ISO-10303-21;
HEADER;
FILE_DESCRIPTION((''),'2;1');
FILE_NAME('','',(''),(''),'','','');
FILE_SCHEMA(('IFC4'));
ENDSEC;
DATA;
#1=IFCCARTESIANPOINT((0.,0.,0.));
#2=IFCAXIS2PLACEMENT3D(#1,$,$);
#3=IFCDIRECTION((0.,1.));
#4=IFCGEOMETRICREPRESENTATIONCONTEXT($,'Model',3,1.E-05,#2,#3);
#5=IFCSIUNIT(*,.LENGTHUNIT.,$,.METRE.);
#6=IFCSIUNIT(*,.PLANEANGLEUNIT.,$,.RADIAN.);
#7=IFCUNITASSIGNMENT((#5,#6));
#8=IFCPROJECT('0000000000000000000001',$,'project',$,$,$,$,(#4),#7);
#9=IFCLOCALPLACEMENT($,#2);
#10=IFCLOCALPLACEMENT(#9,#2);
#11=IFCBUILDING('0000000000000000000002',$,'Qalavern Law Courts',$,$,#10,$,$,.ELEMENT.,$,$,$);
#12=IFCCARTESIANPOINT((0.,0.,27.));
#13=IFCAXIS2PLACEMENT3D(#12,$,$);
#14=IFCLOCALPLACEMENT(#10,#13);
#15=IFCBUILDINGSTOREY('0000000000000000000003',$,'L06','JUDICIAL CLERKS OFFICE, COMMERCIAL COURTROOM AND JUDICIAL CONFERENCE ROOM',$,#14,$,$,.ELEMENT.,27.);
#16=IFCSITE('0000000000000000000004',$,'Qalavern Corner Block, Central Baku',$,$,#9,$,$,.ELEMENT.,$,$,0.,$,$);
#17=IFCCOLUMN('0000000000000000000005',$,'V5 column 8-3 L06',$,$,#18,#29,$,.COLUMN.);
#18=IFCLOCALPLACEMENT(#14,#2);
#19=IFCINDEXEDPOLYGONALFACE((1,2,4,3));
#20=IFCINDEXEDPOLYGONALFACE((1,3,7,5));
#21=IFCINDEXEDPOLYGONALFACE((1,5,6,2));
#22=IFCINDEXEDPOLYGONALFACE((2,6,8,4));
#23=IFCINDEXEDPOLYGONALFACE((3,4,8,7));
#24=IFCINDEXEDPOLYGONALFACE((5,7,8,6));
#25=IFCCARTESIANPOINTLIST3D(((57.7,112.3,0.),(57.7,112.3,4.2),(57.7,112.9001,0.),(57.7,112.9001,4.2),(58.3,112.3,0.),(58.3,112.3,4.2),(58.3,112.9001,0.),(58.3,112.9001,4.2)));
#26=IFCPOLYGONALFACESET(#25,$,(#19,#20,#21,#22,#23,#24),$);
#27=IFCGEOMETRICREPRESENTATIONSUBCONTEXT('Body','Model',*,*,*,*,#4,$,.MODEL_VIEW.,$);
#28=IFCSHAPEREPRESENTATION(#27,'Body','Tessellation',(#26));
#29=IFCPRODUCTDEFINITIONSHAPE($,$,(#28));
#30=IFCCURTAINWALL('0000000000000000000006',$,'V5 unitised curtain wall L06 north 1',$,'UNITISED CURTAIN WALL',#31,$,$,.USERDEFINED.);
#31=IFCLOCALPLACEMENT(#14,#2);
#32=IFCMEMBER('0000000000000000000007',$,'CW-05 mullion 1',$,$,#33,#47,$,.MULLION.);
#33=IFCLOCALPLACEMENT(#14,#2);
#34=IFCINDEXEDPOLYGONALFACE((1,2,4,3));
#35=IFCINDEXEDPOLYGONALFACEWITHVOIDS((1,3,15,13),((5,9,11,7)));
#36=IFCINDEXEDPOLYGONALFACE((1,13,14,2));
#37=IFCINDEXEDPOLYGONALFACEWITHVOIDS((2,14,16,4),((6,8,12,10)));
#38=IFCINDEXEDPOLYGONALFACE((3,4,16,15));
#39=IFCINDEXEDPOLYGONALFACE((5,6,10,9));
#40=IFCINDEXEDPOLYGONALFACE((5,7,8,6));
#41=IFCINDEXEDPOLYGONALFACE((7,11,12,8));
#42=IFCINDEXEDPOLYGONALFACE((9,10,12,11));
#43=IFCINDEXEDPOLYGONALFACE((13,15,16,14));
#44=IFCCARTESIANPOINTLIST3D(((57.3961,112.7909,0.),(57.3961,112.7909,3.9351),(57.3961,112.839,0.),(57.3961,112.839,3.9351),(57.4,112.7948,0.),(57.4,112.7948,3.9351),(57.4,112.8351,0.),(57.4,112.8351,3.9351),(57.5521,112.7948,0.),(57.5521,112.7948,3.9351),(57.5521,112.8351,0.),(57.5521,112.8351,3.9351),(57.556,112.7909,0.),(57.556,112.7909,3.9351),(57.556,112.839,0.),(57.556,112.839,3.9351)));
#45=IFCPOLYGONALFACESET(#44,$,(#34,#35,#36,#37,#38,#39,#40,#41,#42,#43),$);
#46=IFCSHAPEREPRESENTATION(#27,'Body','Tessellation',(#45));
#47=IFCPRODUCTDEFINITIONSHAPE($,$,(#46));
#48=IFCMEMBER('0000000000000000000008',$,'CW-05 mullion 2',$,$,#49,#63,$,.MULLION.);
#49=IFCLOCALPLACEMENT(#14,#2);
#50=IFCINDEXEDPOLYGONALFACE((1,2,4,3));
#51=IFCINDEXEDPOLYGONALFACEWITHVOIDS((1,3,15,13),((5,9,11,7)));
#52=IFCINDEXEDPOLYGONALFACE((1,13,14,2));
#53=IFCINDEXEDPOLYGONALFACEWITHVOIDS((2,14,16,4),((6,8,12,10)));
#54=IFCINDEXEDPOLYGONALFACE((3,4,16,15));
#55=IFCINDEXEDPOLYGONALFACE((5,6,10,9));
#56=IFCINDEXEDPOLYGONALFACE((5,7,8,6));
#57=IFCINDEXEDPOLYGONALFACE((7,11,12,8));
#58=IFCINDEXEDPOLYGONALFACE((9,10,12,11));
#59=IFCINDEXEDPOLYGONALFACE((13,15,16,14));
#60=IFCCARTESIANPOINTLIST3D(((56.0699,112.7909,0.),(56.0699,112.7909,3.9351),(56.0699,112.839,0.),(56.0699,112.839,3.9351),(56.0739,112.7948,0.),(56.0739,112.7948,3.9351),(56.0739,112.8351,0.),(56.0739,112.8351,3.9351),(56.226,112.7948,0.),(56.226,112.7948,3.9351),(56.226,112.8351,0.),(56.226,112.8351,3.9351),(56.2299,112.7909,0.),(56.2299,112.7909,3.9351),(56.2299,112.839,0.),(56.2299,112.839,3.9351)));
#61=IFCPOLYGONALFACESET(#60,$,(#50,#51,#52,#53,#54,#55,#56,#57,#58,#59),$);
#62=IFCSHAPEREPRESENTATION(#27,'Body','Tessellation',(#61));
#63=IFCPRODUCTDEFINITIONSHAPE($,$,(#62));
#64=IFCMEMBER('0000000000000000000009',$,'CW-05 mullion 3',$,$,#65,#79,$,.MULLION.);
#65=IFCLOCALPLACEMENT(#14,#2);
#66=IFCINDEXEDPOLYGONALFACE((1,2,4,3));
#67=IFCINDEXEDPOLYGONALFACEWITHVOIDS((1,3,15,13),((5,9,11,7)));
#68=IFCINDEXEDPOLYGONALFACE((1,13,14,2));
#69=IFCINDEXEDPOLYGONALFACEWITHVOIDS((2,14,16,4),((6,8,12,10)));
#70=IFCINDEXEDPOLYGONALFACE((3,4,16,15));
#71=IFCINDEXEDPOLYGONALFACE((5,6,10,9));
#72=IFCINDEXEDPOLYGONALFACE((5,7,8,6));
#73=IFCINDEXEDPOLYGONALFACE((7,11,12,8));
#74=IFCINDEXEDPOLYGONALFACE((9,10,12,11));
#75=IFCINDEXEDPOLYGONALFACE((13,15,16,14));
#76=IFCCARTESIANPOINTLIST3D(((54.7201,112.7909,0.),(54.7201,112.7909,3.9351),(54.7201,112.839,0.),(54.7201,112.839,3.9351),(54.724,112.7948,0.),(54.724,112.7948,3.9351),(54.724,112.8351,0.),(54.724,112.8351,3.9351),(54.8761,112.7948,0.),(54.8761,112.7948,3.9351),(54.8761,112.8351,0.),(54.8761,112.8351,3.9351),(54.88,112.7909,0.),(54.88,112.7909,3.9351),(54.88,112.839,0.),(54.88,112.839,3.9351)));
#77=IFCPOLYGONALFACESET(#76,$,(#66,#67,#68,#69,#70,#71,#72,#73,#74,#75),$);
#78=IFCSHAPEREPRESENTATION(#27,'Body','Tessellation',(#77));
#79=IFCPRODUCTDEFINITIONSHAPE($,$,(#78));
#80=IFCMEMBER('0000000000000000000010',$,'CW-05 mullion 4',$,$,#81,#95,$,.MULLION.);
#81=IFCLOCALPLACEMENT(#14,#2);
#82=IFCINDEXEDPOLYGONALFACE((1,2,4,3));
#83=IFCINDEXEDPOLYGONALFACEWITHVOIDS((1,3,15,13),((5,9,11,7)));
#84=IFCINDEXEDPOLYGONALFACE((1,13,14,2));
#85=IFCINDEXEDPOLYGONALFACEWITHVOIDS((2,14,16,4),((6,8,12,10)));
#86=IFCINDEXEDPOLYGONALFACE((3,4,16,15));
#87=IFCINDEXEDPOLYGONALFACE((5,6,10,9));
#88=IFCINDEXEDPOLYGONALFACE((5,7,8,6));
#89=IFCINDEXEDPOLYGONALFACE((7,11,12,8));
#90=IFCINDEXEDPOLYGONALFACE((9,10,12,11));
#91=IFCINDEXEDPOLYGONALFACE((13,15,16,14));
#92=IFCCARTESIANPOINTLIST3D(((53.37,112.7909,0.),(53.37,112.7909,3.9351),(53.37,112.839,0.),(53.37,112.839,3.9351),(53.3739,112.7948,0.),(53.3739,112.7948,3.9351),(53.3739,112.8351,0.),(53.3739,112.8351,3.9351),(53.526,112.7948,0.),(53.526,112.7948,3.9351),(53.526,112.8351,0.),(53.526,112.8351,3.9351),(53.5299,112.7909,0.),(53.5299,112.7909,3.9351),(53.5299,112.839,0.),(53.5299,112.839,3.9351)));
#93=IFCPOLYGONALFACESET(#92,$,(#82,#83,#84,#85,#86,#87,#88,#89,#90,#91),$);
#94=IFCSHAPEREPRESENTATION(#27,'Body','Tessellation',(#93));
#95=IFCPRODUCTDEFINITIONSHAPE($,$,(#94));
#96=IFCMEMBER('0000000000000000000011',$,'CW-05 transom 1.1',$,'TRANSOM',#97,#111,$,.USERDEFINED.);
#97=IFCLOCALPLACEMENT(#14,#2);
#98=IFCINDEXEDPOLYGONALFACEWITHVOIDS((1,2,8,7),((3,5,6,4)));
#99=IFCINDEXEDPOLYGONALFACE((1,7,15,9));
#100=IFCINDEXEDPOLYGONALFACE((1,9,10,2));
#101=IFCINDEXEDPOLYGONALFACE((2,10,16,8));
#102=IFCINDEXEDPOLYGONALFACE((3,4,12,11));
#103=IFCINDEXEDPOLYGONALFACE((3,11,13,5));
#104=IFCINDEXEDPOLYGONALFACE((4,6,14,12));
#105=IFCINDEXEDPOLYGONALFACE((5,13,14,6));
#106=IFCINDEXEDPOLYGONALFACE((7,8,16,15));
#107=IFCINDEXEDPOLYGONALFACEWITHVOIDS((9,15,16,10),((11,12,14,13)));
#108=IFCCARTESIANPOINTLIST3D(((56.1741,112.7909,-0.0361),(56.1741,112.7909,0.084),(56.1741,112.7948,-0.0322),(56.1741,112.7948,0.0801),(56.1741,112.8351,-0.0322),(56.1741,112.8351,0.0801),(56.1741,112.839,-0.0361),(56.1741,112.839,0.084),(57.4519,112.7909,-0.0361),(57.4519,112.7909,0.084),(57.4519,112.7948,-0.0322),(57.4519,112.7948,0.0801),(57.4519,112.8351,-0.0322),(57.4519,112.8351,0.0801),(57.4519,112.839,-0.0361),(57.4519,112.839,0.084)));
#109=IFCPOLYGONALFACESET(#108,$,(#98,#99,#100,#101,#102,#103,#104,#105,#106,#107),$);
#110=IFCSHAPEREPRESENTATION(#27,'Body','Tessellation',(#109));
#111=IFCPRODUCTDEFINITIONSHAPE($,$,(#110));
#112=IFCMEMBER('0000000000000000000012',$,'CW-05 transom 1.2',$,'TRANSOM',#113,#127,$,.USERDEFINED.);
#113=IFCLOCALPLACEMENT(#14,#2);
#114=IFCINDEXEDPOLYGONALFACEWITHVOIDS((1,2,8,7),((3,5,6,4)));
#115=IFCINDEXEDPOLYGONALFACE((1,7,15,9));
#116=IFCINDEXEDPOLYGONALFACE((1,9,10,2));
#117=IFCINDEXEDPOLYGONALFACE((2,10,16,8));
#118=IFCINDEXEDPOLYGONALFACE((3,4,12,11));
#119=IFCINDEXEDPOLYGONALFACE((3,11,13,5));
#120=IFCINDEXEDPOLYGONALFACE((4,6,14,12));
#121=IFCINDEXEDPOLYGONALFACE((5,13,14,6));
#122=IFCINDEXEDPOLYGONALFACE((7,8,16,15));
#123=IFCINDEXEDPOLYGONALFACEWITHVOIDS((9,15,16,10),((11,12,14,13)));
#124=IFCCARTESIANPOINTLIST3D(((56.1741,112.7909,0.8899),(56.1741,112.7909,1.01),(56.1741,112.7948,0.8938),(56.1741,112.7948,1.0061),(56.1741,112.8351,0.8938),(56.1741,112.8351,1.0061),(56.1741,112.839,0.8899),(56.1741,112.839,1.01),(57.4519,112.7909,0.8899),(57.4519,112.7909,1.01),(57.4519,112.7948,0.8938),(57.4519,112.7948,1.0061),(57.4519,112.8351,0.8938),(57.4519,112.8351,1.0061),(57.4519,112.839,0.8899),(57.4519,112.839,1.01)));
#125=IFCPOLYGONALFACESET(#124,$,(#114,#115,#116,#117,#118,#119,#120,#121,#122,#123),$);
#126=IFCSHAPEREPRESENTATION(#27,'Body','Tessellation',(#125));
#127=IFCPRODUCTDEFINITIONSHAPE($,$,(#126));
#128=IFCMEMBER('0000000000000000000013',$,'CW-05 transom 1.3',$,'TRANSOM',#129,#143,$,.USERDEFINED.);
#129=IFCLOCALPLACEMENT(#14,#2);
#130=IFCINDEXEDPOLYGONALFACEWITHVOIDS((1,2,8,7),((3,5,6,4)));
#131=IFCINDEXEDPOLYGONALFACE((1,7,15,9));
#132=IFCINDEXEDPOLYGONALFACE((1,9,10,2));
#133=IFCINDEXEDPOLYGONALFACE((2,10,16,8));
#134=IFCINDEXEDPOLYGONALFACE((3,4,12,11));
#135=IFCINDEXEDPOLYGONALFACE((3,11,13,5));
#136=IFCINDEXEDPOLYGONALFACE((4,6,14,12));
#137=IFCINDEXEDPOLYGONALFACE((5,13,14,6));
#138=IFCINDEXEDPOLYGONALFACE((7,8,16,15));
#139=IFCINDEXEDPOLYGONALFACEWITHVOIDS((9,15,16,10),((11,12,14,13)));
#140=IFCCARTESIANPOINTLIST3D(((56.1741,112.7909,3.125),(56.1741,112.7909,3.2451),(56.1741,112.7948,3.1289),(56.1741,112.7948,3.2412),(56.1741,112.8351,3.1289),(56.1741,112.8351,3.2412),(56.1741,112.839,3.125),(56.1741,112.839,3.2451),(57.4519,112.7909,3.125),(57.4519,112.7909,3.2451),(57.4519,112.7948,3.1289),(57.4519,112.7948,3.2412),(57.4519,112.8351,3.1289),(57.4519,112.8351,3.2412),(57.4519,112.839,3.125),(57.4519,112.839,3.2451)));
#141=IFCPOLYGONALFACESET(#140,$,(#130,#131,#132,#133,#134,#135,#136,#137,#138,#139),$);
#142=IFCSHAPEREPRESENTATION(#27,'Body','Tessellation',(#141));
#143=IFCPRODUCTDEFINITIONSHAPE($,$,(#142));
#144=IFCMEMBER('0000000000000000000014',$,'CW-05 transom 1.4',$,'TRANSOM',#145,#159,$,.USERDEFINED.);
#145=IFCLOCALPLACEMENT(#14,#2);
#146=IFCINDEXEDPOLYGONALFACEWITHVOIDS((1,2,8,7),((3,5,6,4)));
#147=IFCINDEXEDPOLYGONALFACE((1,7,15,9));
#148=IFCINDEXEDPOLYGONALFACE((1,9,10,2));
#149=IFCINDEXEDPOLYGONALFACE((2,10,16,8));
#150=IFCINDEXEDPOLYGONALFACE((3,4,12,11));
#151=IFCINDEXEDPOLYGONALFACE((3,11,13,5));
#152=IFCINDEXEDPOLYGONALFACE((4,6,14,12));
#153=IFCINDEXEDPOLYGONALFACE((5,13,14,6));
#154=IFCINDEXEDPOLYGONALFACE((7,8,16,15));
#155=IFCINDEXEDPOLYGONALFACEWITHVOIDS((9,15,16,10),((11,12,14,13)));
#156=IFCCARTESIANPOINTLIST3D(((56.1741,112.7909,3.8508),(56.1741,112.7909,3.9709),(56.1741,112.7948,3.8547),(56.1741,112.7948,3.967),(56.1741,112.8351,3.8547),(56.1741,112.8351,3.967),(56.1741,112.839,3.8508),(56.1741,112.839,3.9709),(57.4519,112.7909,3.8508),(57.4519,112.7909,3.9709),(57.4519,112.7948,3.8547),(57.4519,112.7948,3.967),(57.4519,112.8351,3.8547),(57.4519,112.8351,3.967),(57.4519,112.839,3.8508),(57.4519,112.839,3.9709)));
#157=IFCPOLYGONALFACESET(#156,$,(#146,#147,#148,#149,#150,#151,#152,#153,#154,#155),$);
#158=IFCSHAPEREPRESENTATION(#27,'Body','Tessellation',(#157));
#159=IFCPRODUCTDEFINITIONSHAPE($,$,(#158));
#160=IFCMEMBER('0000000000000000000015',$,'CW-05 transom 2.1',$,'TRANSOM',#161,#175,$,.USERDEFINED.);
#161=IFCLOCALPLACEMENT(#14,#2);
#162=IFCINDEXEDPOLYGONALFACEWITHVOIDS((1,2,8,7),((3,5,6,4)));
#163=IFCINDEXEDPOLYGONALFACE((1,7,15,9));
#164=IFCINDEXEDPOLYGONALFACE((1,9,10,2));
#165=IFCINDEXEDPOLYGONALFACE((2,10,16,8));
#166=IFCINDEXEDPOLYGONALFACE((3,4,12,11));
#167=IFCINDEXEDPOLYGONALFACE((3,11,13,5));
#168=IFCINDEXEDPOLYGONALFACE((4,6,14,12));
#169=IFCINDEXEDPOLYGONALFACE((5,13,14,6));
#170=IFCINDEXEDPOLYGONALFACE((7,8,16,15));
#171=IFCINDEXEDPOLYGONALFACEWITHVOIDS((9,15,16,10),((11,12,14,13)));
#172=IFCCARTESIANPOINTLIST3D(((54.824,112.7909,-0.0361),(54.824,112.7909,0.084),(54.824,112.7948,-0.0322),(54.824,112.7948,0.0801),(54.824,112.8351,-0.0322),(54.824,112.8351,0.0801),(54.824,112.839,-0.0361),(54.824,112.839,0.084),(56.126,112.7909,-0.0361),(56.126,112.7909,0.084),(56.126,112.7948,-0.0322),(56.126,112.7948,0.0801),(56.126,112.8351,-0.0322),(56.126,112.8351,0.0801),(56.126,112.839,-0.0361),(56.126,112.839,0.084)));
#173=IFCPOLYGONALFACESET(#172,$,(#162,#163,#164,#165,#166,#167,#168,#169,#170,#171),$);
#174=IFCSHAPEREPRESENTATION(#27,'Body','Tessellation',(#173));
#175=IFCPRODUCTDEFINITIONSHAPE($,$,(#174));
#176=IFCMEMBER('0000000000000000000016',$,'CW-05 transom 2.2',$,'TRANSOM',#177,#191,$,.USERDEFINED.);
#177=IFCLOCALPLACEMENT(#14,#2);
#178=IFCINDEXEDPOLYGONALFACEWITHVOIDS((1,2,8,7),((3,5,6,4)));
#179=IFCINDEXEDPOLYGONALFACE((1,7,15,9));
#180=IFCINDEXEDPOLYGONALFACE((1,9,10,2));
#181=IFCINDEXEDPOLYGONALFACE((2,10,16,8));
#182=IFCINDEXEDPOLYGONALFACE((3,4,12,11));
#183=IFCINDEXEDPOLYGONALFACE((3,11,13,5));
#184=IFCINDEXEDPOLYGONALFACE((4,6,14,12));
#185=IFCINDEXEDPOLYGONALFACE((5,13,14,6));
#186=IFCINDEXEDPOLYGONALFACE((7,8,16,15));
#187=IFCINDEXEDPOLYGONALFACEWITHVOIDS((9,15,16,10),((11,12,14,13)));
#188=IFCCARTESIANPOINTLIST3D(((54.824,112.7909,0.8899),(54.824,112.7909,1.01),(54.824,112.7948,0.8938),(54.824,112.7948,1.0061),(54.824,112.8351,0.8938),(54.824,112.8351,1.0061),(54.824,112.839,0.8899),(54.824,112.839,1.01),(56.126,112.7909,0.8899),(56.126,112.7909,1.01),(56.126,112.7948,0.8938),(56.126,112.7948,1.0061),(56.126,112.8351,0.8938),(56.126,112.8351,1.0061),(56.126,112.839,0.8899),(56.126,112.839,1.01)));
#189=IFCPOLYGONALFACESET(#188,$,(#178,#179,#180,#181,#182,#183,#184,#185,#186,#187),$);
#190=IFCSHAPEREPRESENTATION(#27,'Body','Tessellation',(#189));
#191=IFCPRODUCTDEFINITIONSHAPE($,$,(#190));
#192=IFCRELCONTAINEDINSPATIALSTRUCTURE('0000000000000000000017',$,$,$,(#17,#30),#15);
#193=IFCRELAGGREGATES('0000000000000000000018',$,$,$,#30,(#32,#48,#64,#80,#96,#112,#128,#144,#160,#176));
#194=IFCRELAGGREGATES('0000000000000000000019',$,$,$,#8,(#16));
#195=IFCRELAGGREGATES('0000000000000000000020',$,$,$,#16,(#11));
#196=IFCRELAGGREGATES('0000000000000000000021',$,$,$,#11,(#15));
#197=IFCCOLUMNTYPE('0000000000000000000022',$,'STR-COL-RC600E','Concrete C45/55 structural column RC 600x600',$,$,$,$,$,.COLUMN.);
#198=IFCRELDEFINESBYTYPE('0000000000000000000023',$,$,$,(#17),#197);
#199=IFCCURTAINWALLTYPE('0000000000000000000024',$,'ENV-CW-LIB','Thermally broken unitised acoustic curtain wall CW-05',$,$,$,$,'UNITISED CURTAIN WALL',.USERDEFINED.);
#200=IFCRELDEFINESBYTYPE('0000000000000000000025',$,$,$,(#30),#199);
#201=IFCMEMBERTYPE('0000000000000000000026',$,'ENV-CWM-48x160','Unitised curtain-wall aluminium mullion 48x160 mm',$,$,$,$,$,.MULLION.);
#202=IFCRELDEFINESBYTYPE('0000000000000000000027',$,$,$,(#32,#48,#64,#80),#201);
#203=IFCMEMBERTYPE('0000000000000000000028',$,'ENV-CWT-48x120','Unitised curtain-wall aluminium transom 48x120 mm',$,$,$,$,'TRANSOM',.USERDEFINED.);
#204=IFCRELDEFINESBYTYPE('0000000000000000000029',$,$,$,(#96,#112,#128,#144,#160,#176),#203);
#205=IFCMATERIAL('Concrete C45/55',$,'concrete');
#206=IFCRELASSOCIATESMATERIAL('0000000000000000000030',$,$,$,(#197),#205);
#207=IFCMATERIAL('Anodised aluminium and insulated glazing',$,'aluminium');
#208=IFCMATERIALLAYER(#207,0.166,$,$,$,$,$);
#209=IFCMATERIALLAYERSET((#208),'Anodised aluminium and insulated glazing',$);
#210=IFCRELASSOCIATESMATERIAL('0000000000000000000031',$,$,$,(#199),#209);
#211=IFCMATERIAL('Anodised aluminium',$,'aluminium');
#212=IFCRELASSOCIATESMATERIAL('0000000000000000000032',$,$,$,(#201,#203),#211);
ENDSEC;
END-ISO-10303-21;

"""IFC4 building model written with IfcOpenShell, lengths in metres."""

from ifc_helpers import new_model, si_unit, direction, frame, origin, origin_2d, place, context, subcontext, project, spatial, rectangle, hollow_rectangle, extrude, material, layer, layer_set, material_profile, profile_set, type_object, element, aggregate, save


model = new_model("IFC4")

# Units and contexts
model_context = context("Model", 3, precision=1e-05, world=origin(), true_north=direction((0.0, 1.0)))
body_context = subcontext(model_context, "Body", "Model", "MODEL_VIEW")
ifc_project = project(units=[si_unit("LENGTHUNIT", "METRE"), si_unit("PLANEANGLEUNIT", "RADIAN")], contexts=[model_context])

# Site, building, storey
site_placement = place(None, origin())
site = spatial("IfcSite", under=ifc_project, at=site_placement, Name="Qalavern Corner Block, Central Baku", CompositionType="ELEMENT", RefElevation=0.0)
building_placement = place(site_placement, origin())
building = spatial("IfcBuilding", under=site, at=building_placement, Name="Qalavern Law Courts", CompositionType="ELEMENT")
storey_placement = place(building_placement, frame((0.0, 0.0, 27.0)))
storey = spatial("IfcBuildingStorey", under=building, at=storey_placement, Name="L06", Description="JUDICIAL CLERKS OFFICE, COMMERCIAL COURTROOM AND JUDICIAL CONFERENCE ROOM", CompositionType="ELEMENT", Elevation=27.0)

# Column
ifc_material_1 = material(Name="Concrete C45/55", Category="concrete")
ifc_material_profile_1 = material_profile(ifc_material_1, rectangle(XDim=0.6001, YDim=0.6001, at=origin_2d()), Name="RC 600x600")
ifc_profile_set_1 = profile_set([ifc_material_profile_1], Name="Concrete C45/55")
column_type = type_object("IfcColumnType", Name="STR-COL-RC600E", Description="Concrete C45/55 structural column RC 600x600", PredefinedType="COLUMN", material=ifc_profile_set_1)
column_placement = place(storey_placement, frame((58.0, 112.6001, 0.0), z_axis=(0.0, 0.0, 1.0), x_axis=(1.0, 0.0, 0.0)))
element("IfcColumn", 1, at=column_placement, inside=storey, type_object=column_type, Name="V5 column 8-3 L06", PredefinedType="COLUMN", context=body_context, shape_type="SweptSolid", body=[
    extrude(rectangle(XDim=0.6001, YDim=0.6001, at=origin_2d()), origin(), (0.0, 0.0, 1.0), 4.2),
])

# Curtain wall, members
ifc_material_2 = material(Name="Anodised aluminium and insulated glazing", Category="aluminium")
ifc_layer_1 = layer(ifc_material_2, 0.166)
ifc_layer_set_1 = layer_set([ifc_layer_1], Name="Anodised aluminium and insulated glazing")
curtain_wall_type = type_object("IfcCurtainWallType", Name="ENV-CW-LIB", Description="Thermally broken unitised acoustic curtain wall CW-05", ElementType="UNITISED CURTAIN WALL", PredefinedType="USERDEFINED", material=ifc_layer_set_1)
curtain_wall_placement = place(storey_placement, origin())
curtain_wall = element("IfcCurtainWall", 2, at=curtain_wall_placement, inside=storey, type_object=curtain_wall_type, Name="V5 unitised curtain wall L06 north 1", ObjectType="UNITISED CURTAIN WALL", PredefinedType="USERDEFINED")
ifc_material_3 = material(Name="Anodised aluminium", Category="aluminium")
ifc_material_profile_2 = material_profile(ifc_material_3, hollow_rectangle(XDim=0.0481, YDim=0.1599, WallThickness=0.0039, at=origin_2d()), Name="ALU MULLION 48x160")
ifc_profile_set_2 = profile_set([ifc_material_profile_2], Name="Anodised aluminium")
member_type_1 = type_object("IfcMemberType", Name="ENV-CWM-48x160", Description="Unitised curtain-wall aluminium mullion 48x160 mm", PredefinedType="MULLION", material=ifc_profile_set_2)
member_1_placement = place(storey_placement, frame((57.4761, 112.8149, 0.0), z_axis=(0.0, 0.0, 1.0), x_axis=(0.0, -1.0, 0.0)))
member_1 = element("IfcMember", 3, at=member_1_placement, type_object=member_type_1, Name="CW-05 mullion 1", PredefinedType="MULLION", context=body_context, shape_type="SweptSolid", body=[
    extrude(hollow_rectangle(XDim=0.0481, YDim=0.1599, WallThickness=0.0039, at=origin_2d()), origin(), (0.0, 0.0, 1.0), 3.9351),
])
member_2_placement = place(storey_placement, frame((56.1499, 112.8149, 0.0), z_axis=(0.0, 0.0, 1.0), x_axis=(0.0, -1.0, 0.0)))
member_2 = element("IfcMember", 4, at=member_2_placement, type_object=member_type_1, Name="CW-05 mullion 2", PredefinedType="MULLION", context=body_context, shape_type="SweptSolid", body=[
    extrude(hollow_rectangle(XDim=0.0481, YDim=0.1599, WallThickness=0.0039, at=origin_2d()), origin(), (0.0, 0.0, 1.0), 3.9351),
])
member_3_placement = place(storey_placement, frame((54.8, 112.8149, 0.0), z_axis=(0.0, 0.0, 1.0), x_axis=(0.0, -1.0, 0.0)))
member_3 = element("IfcMember", 5, at=member_3_placement, type_object=member_type_1, Name="CW-05 mullion 3", PredefinedType="MULLION", context=body_context, shape_type="SweptSolid", body=[
    extrude(hollow_rectangle(XDim=0.0481, YDim=0.1599, WallThickness=0.0039, at=origin_2d()), origin(), (0.0, 0.0, 1.0), 3.9351),
])
member_4_placement = place(storey_placement, frame((53.45, 112.8149, 0.0), z_axis=(0.0, 0.0, 1.0), x_axis=(0.0, -1.0, 0.0)))
member_4 = element("IfcMember", 6, at=member_4_placement, type_object=member_type_1, Name="CW-05 mullion 4", PredefinedType="MULLION", context=body_context, shape_type="SweptSolid", body=[
    extrude(hollow_rectangle(XDim=0.0481, YDim=0.1599, WallThickness=0.0039, at=origin_2d()), origin(), (0.0, 0.0, 1.0), 3.9351),
])
ifc_material_profile_3 = material_profile(ifc_material_3, hollow_rectangle(XDim=0.0481, YDim=0.1201, WallThickness=0.0039, at=origin_2d()), Name="ALU TRANSOM 48x120")
ifc_profile_set_3 = profile_set([ifc_material_profile_3], Name="Anodised aluminium")
member_type_2 = type_object("IfcMemberType", Name="ENV-CWT-48x120", Description="Unitised curtain-wall aluminium transom 48x120 mm", ElementType="TRANSOM", PredefinedType="USERDEFINED", material=ifc_profile_set_3)
member_5_placement = place(storey_placement, frame((57.4519, 112.8149, 0.0239), z_axis=(-1.0, 0.0, 0.0), x_axis=(0.0, -1.0, 0.0)))
member_5 = element("IfcMember", 7, at=member_5_placement, type_object=member_type_2, Name="CW-05 transom 1.1", ObjectType="TRANSOM", PredefinedType="USERDEFINED", context=body_context, shape_type="SweptSolid", body=[
    extrude(hollow_rectangle(XDim=0.0481, YDim=0.1201, WallThickness=0.0039, at=origin_2d()), origin(), (0.0, 0.0, 1.0), 1.2778),
])
member_6_placement = place(storey_placement, frame((57.4519, 112.8149, 0.95), z_axis=(-1.0, 0.0, 0.0), x_axis=(0.0, -1.0, 0.0)))
member_6 = element("IfcMember", 8, at=member_6_placement, type_object=member_type_2, Name="CW-05 transom 1.2", ObjectType="TRANSOM", PredefinedType="USERDEFINED", context=body_context, shape_type="SweptSolid", body=[
    extrude(hollow_rectangle(XDim=0.0481, YDim=0.1201, WallThickness=0.0039, at=origin_2d()), origin(), (0.0, 0.0, 1.0), 1.2778),
])
member_7_placement = place(storey_placement, frame((57.4519, 112.8149, 3.1851), z_axis=(-1.0, 0.0, 0.0), x_axis=(0.0, -1.0, 0.0)))
member_7 = element("IfcMember", 9, at=member_7_placement, type_object=member_type_2, Name="CW-05 transom 1.3", ObjectType="TRANSOM", PredefinedType="USERDEFINED", context=body_context, shape_type="SweptSolid", body=[
    extrude(hollow_rectangle(XDim=0.0481, YDim=0.1201, WallThickness=0.0039, at=origin_2d()), origin(), (0.0, 0.0, 1.0), 1.2778),
])
member_8_placement = place(storey_placement, frame((57.4519, 112.8149, 3.9109), z_axis=(-1.0, 0.0, 0.0), x_axis=(0.0, -1.0, 0.0)))
member_8 = element("IfcMember", 10, at=member_8_placement, type_object=member_type_2, Name="CW-05 transom 1.4", ObjectType="TRANSOM", PredefinedType="USERDEFINED", context=body_context, shape_type="SweptSolid", body=[
    extrude(hollow_rectangle(XDim=0.0481, YDim=0.1201, WallThickness=0.0039, at=origin_2d()), origin(), (0.0, 0.0, 1.0), 1.2778),
])
member_9_placement = place(storey_placement, frame((56.126, 112.8149, 0.0239), z_axis=(-1.0, 0.0, 0.0), x_axis=(0.0, -1.0, 0.0)))
member_9 = element("IfcMember", 11, at=member_9_placement, type_object=member_type_2, Name="CW-05 transom 2.1", ObjectType="TRANSOM", PredefinedType="USERDEFINED", context=body_context, shape_type="SweptSolid", body=[
    extrude(hollow_rectangle(XDim=0.0481, YDim=0.1201, WallThickness=0.0039, at=origin_2d()), origin(), (0.0, 0.0, 1.0), 1.302),
])
member_10_placement = place(storey_placement, frame((56.126, 112.8149, 0.95), z_axis=(-1.0, 0.0, 0.0), x_axis=(0.0, -1.0, 0.0)))
member_10 = element("IfcMember", 12, at=member_10_placement, type_object=member_type_2, Name="CW-05 transom 2.2", ObjectType="TRANSOM", PredefinedType="USERDEFINED", context=body_context, shape_type="SweptSolid", body=[
    extrude(hollow_rectangle(XDim=0.0481, YDim=0.1201, WallThickness=0.0039, at=origin_2d()), origin(), (0.0, 0.0, 1.0), 1.302),
])
aggregate(curtain_wall, [member_1, member_2, member_3, member_4, member_5, member_6, member_7, member_8, member_9, member_10])

save(model, "model.ifc")
